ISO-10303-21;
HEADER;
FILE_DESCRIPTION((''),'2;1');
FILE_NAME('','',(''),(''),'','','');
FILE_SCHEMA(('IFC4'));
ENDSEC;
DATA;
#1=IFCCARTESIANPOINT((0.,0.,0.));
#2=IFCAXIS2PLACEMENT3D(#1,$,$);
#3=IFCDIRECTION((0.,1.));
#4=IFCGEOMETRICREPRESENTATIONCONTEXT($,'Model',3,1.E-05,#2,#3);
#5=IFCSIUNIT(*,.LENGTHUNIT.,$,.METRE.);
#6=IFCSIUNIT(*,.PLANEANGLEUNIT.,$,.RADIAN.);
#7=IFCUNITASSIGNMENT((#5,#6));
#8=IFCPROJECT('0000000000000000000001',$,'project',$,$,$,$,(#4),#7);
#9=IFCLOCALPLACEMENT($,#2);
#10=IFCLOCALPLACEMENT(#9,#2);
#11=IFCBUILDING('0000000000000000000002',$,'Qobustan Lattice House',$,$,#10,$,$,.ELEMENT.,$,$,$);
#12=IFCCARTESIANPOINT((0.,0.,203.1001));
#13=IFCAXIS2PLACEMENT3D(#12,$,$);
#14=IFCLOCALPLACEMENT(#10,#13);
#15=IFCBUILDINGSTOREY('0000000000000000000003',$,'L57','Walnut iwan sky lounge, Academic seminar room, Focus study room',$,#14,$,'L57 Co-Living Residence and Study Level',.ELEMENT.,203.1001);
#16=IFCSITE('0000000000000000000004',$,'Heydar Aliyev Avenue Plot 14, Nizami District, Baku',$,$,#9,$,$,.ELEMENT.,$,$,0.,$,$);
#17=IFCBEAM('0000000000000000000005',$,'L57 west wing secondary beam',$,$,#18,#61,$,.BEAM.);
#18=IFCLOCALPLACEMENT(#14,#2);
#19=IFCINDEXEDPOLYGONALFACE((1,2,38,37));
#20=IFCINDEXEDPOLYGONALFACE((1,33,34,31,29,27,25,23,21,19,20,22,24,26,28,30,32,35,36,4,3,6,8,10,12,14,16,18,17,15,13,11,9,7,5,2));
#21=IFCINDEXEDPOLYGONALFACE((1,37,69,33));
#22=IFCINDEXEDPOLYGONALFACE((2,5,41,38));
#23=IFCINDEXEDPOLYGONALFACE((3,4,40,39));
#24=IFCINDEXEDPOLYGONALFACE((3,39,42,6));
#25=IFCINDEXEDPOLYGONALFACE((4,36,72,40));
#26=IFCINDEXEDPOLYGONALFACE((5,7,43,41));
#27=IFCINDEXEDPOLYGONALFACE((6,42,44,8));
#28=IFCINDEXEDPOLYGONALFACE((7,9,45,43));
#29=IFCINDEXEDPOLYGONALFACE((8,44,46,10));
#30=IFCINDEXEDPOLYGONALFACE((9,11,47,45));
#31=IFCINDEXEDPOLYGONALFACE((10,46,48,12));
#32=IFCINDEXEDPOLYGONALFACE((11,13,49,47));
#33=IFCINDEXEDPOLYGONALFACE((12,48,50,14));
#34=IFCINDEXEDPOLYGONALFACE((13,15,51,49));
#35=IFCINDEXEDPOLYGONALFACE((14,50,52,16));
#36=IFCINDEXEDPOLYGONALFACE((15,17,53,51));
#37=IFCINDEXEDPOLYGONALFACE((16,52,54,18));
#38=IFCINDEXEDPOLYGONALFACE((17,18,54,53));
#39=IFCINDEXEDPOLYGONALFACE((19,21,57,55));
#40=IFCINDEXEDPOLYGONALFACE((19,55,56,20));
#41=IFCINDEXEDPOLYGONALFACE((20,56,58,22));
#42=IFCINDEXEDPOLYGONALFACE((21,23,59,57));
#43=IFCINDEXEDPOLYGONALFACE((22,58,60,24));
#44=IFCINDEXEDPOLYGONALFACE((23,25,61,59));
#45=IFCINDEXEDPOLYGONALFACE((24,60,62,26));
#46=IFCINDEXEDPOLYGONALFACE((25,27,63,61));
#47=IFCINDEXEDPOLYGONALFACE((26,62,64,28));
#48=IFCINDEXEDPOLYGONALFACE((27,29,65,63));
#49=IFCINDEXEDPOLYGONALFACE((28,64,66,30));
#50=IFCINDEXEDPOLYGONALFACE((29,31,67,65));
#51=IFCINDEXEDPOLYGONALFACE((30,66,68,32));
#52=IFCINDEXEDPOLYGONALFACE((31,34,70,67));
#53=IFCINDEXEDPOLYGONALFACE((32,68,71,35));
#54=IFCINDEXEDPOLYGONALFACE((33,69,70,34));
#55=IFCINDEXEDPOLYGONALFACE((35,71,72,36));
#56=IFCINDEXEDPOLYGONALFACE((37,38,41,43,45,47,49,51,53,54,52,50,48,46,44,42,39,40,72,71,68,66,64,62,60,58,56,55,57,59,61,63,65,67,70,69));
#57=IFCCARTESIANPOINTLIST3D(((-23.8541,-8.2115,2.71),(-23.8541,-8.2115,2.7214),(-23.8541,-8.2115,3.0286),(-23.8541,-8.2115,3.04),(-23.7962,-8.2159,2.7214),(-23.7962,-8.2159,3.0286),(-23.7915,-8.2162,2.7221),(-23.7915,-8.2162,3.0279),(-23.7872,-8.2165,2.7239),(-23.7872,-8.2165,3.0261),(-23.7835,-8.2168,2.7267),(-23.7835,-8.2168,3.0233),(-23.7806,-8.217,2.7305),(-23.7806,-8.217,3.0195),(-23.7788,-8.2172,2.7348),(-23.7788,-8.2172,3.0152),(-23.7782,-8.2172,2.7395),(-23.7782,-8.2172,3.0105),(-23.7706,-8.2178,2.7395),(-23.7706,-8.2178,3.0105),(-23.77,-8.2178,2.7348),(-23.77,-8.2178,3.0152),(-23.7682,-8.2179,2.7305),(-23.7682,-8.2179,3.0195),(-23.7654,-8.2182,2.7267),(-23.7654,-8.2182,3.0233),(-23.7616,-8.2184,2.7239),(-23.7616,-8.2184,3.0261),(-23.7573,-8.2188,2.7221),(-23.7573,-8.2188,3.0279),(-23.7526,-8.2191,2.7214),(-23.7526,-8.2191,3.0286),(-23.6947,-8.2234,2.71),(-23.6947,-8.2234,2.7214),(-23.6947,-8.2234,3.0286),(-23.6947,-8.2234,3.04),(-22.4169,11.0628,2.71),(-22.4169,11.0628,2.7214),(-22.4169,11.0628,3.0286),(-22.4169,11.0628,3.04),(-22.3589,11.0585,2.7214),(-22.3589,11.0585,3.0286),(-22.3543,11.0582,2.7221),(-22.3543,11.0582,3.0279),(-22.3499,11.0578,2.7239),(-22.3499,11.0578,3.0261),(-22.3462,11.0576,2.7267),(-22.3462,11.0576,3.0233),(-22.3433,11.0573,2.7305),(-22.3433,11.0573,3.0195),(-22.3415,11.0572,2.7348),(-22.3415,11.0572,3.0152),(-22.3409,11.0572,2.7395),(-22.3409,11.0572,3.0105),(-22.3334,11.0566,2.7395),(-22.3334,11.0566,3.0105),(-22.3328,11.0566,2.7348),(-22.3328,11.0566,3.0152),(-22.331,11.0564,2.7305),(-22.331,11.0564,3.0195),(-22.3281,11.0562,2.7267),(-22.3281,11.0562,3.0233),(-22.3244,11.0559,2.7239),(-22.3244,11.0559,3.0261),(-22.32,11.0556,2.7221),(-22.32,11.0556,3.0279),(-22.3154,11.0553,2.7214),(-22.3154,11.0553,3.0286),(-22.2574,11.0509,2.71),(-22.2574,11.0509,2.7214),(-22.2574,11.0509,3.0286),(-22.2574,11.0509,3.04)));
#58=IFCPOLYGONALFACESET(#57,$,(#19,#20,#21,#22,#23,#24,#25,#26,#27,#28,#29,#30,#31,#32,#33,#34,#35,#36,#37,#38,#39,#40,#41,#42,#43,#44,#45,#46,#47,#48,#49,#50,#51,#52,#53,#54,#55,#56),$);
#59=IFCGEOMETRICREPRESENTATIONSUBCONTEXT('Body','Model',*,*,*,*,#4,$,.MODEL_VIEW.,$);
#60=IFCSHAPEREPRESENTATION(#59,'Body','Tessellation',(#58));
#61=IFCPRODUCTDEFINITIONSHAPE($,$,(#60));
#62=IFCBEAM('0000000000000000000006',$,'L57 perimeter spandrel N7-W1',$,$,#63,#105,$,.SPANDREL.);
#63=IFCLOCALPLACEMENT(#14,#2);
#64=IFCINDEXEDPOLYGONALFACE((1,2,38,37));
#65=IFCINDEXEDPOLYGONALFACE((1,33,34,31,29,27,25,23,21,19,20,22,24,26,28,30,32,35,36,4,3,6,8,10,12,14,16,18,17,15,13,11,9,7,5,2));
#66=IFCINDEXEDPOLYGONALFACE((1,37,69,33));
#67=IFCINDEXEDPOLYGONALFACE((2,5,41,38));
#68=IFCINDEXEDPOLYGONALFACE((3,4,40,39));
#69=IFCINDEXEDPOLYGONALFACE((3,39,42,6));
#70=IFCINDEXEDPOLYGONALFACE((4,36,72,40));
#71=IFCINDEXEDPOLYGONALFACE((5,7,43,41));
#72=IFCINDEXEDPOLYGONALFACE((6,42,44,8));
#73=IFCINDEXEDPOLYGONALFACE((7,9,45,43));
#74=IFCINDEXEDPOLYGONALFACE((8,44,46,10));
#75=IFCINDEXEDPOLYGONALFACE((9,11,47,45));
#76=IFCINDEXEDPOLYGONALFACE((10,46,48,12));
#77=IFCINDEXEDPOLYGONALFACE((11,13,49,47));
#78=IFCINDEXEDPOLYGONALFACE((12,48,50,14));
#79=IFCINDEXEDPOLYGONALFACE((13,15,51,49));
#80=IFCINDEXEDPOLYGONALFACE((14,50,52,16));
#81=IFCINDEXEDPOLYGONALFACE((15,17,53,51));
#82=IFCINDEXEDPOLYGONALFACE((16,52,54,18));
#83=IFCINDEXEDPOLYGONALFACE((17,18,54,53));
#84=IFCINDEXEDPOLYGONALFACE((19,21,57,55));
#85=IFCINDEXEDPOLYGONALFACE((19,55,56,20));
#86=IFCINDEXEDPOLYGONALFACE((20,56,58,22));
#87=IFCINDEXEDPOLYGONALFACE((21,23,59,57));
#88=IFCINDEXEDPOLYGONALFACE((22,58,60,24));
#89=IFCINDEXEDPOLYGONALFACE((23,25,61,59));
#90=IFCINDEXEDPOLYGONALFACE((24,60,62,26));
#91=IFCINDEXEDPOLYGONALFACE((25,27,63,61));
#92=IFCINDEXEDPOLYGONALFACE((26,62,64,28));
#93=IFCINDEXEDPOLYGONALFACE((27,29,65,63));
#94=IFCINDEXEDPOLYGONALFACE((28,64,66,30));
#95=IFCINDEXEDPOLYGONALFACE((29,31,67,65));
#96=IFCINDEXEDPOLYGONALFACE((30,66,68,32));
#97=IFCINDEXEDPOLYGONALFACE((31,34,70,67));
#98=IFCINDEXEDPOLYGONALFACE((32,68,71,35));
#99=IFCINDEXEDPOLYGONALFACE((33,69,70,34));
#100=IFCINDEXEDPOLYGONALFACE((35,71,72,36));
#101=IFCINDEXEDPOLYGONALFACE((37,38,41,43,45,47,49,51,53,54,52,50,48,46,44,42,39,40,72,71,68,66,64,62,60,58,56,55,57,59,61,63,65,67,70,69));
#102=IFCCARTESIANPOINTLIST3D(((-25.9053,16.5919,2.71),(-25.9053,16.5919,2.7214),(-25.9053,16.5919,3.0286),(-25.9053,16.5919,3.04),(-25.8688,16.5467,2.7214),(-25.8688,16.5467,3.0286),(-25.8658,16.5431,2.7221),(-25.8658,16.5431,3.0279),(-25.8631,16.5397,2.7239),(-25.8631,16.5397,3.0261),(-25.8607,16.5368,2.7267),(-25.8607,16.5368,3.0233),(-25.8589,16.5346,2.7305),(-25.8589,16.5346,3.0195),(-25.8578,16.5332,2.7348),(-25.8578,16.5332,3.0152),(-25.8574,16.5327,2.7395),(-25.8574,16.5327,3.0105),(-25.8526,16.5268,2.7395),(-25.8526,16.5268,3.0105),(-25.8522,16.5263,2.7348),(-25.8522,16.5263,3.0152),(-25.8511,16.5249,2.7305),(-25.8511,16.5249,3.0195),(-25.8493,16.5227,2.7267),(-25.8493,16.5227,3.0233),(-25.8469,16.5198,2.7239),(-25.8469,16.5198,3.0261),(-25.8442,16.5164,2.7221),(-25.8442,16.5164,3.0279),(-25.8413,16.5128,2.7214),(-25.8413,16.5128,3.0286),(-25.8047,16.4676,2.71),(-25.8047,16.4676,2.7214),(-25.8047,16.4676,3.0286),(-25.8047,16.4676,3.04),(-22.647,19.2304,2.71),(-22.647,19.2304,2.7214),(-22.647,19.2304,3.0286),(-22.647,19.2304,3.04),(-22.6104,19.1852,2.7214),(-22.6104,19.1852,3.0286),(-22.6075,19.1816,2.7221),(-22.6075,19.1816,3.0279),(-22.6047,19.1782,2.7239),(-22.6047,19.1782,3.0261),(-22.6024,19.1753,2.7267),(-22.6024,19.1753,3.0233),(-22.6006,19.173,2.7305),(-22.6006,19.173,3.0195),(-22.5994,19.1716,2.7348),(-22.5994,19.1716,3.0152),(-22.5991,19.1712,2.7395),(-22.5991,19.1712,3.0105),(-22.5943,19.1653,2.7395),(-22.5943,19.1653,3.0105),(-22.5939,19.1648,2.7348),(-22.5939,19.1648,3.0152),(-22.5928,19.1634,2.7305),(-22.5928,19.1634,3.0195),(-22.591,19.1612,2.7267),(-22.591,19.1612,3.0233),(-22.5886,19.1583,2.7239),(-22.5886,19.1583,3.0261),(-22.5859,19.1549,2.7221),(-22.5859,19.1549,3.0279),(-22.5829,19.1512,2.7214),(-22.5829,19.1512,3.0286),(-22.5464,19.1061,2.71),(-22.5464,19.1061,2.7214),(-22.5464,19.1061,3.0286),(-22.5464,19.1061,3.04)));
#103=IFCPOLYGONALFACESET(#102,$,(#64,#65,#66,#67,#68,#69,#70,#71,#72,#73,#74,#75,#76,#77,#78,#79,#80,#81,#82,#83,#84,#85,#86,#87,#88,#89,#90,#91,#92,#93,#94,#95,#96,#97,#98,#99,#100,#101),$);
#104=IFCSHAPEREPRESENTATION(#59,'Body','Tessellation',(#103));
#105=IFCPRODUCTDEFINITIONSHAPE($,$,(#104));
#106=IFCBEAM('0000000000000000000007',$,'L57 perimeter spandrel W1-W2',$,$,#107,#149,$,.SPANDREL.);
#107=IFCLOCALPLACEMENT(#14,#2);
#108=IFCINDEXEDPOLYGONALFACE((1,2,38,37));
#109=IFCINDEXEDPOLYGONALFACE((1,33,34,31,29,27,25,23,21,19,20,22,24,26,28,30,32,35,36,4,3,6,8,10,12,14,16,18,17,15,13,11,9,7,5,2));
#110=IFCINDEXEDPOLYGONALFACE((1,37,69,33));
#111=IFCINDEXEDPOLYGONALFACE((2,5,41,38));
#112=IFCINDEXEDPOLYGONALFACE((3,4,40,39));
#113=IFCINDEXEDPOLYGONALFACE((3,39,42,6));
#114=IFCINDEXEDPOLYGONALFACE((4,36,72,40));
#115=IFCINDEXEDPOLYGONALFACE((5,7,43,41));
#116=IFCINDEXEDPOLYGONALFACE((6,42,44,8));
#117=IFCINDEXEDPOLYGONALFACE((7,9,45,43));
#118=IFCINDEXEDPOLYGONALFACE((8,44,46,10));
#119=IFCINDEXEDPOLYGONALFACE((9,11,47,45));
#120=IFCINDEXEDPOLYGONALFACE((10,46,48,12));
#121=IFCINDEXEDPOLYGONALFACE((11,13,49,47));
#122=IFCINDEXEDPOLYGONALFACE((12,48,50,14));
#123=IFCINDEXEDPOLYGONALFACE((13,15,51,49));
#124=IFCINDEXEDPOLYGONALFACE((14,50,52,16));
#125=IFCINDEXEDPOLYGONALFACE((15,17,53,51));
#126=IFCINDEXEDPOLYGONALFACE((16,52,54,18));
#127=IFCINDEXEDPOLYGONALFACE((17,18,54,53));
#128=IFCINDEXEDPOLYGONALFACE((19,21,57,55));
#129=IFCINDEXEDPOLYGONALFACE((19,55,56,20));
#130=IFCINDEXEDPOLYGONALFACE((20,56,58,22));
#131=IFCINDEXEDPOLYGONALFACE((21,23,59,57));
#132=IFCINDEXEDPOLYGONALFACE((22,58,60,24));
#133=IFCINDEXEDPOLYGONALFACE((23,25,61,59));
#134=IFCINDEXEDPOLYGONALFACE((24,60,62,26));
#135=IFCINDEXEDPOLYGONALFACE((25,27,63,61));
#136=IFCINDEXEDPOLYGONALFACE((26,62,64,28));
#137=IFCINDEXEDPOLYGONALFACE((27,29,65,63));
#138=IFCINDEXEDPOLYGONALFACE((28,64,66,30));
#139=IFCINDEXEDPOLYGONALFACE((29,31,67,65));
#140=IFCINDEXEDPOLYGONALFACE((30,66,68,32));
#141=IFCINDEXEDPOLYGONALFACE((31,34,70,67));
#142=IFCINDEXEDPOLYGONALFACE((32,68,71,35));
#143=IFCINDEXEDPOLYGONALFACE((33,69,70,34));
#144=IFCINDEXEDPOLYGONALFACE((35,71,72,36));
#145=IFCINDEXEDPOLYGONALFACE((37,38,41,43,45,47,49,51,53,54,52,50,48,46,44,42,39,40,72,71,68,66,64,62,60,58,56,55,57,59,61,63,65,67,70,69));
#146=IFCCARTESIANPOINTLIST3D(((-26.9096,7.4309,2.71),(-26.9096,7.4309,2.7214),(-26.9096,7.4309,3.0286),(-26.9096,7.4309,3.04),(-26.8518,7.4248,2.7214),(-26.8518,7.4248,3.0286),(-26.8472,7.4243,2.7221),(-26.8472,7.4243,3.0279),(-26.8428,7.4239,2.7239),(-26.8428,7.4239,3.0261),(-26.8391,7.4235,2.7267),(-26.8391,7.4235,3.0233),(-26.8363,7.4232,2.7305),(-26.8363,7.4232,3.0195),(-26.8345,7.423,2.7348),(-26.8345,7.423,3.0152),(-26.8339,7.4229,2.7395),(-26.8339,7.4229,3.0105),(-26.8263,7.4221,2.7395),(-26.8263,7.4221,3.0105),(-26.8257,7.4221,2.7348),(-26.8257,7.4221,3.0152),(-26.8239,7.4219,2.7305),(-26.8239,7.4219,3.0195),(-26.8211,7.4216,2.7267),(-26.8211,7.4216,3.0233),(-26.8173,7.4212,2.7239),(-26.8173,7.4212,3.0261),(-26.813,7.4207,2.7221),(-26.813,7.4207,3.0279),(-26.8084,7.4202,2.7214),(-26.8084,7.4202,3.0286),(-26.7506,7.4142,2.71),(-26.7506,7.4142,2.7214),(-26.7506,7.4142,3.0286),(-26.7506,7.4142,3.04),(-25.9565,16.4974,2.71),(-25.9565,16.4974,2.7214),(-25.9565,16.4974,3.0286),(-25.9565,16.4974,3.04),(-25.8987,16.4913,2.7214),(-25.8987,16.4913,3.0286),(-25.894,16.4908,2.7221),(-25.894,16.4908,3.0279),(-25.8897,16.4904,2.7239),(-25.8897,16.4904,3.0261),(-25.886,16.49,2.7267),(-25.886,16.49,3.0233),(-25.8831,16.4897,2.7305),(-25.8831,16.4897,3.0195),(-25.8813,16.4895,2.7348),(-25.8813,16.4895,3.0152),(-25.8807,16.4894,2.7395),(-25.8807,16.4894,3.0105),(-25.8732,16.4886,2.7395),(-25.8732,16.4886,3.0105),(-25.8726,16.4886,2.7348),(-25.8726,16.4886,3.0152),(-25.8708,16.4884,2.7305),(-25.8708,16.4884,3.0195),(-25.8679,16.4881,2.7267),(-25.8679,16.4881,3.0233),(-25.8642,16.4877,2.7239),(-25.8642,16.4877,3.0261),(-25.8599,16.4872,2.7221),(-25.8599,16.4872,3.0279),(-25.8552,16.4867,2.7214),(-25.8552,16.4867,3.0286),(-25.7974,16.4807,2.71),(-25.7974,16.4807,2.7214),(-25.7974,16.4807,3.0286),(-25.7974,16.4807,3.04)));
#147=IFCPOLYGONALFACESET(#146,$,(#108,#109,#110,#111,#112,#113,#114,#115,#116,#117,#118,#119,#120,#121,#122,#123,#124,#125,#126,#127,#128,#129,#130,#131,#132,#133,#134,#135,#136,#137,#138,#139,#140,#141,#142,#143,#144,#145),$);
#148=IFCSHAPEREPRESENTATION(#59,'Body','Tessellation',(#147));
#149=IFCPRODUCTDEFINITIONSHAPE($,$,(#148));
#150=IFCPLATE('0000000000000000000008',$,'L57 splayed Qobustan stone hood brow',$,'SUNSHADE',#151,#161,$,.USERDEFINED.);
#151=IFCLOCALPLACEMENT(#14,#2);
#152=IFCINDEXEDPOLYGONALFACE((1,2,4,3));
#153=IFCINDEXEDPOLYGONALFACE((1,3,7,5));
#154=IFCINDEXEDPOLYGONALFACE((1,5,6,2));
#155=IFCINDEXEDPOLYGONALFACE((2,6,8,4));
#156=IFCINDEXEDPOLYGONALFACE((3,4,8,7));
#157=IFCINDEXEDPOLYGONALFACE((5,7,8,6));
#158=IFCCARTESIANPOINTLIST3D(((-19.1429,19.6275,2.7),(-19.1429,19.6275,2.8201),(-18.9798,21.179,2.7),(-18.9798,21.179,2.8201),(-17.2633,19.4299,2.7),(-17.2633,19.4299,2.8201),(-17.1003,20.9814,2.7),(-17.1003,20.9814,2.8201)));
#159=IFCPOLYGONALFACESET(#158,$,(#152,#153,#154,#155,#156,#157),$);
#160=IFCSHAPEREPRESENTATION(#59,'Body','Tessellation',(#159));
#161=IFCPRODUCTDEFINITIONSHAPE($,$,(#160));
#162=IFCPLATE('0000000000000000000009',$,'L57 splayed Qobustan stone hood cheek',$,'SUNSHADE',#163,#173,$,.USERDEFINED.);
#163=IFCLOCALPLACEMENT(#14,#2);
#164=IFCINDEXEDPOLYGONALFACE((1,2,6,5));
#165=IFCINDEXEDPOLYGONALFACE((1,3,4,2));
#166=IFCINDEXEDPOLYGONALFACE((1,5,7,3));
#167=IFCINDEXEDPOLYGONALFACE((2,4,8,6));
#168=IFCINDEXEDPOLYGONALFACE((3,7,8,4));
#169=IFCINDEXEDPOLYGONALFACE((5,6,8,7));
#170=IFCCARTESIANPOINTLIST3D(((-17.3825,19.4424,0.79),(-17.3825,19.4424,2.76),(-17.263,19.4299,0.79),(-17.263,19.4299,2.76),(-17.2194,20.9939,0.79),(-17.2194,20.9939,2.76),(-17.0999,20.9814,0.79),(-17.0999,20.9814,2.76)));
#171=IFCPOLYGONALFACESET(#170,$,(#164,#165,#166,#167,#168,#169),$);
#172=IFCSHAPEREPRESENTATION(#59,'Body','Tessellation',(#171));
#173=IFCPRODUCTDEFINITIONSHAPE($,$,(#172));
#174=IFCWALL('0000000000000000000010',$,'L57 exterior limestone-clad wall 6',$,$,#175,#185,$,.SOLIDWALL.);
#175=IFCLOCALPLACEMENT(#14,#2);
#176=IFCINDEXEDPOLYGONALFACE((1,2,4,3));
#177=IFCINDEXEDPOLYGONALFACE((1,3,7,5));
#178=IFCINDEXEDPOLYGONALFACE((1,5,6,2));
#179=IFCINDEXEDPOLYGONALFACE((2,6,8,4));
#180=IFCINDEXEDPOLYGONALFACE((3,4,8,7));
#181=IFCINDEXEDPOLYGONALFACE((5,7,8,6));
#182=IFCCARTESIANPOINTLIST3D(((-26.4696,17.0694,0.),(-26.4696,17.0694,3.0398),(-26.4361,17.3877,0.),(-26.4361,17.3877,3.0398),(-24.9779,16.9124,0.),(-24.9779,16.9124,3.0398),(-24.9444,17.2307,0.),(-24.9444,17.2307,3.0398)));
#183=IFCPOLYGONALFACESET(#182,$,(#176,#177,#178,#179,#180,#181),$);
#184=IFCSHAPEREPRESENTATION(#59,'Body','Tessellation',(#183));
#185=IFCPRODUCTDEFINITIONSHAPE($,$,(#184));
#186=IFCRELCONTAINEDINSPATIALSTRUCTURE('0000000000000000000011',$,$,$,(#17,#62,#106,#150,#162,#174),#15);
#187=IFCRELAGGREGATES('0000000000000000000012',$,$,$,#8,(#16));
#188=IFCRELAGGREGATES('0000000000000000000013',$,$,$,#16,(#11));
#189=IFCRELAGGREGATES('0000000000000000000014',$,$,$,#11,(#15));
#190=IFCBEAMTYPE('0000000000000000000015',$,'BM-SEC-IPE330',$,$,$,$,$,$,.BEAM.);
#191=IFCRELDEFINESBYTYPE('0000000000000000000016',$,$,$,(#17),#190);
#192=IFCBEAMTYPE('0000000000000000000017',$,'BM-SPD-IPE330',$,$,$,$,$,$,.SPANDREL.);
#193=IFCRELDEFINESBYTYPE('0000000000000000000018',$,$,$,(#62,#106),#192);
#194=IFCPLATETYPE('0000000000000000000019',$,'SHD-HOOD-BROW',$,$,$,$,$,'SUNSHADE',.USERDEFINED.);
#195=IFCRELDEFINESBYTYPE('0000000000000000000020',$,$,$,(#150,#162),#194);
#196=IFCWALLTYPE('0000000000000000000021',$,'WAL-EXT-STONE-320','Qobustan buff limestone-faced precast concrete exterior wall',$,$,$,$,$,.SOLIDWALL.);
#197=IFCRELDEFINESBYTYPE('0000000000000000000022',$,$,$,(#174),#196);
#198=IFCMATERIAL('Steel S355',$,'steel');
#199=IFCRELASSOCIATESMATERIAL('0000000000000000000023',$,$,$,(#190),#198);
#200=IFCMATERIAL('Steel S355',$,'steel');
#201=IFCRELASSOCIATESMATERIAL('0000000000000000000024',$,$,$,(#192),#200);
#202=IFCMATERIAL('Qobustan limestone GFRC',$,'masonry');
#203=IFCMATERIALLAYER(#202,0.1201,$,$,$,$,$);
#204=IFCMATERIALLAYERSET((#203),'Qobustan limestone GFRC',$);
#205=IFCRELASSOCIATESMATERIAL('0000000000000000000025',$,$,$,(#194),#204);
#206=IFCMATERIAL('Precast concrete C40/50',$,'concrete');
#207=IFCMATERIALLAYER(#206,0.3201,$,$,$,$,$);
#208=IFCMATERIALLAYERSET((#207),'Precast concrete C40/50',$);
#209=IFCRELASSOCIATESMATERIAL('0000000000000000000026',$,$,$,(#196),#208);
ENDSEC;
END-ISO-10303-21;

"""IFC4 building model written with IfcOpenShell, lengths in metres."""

from ifc_helpers import new_model, si_unit, direction, frame, frame_2d, origin, origin_2d, place, context, subcontext, project, spatial, rectangle, i_section, extrude, material, layer, layer_set, material_profile, profile_set, type_object, element, save


model = new_model("IFC4")

# Units and contexts
model_context = context("Model", 3, precision=1e-05, world=origin(), true_north=direction((0.0, 1.0)))
body_context = subcontext(model_context, "Body", "Model", "MODEL_VIEW")
ifc_project = project(units=[si_unit("LENGTHUNIT", "METRE"), si_unit("PLANEANGLEUNIT", "RADIAN")], contexts=[model_context])

# Site, building, storey
site_placement = place(None, origin())
site = spatial("IfcSite", under=ifc_project, at=site_placement, Name="Heydar Aliyev Avenue Plot 14, Nizami District, Baku", CompositionType="ELEMENT", RefElevation=0.0)
building_placement = place(site_placement, origin())
building = spatial("IfcBuilding", under=site, at=building_placement, Name="Qobustan Lattice House", CompositionType="ELEMENT")
storey_placement = place(building_placement, frame((0.0, 0.0, 203.1001)))
storey = spatial("IfcBuildingStorey", under=building, at=storey_placement, Name="L57", Description="Walnut iwan sky lounge, Academic seminar room, Focus study room", LongName="L57 Co-Living Residence and Study Level", CompositionType="ELEMENT", Elevation=203.1001)

# Beams
ifc_material_1 = material(Name="Steel S355", Category="steel")
ifc_material_profile_1 = material_profile(ifc_material_1, i_section(OverallWidth=0.1599, OverallDepth=0.3301, WebThickness=0.0076, FlangeThickness=0.0115, FilletRadius=0.0181, at=origin_2d()), Name="IPE330")
ifc_profile_set_1 = profile_set([ifc_material_profile_1], Name="Steel S355")
beam_type_1 = type_object("IfcBeamType", Name="BM-SEC-IPE330", PredefinedType="BEAM", material=ifc_profile_set_1)
beam_1_placement = place(storey_placement, frame((-22.3372, 11.0569, 2.875), z_axis=(-0.074362, -0.997231, 0.0), x_axis=(0.997231, -0.074362, 0.0)))
element("IfcBeam", 1, at=beam_1_placement, inside=storey, type_object=beam_type_1, Name="L57 west wing secondary beam", PredefinedType="BEAM", context=body_context, shape_type="SweptSolid", body=[
    extrude(i_section(OverallWidth=0.1599, OverallDepth=0.3301, WebThickness=0.0076, FlangeThickness=0.0115, FilletRadius=0.0181, at=origin_2d()), origin(), (0.0, 0.0, 1.0), 19.3279),
])
ifc_material_2 = material(Name="Steel S355", Category="steel")
ifc_material_profile_2 = material_profile(ifc_material_2, i_section(OverallWidth=0.1599, OverallDepth=0.3301, WebThickness=0.0076, FlangeThickness=0.0115, FilletRadius=0.0181, at=origin_2d()), Name="IPE330")
ifc_profile_set_2 = profile_set([ifc_material_profile_2], Name="Steel S355")
beam_type_2 = type_object("IfcBeamType", Name="BM-SPD-IPE330", PredefinedType="SPANDREL", material=ifc_profile_set_2)
beam_2_placement = place(storey_placement, frame((-22.5967, 19.1682, 2.875), z_axis=(-0.777157, -0.629307, 0.0), x_axis=(0.629307, -0.777157, 0.0)))
element("IfcBeam", 2, at=beam_2_placement, inside=storey, type_object=beam_type_2, Name="L57 perimeter spandrel N7-W1", PredefinedType="SPANDREL", context=body_context, shape_type="SweptSolid", body=[
    extrude(i_section(OverallWidth=0.1599, OverallDepth=0.3301, WebThickness=0.0076, FlangeThickness=0.0115, FilletRadius=0.0181, at=origin_2d()), origin(), (0.0, 0.0, 1.0), 4.1926),
])
beam_3_placement = place(storey_placement, frame((-25.877, 16.489, 2.875), z_axis=(-0.104551, -0.99452, 0.0), x_axis=(0.99452, -0.104551, 0.0)))
element("IfcBeam", 3, at=beam_3_placement, inside=storey, type_object=beam_type_2, Name="L57 perimeter spandrel W1-W2", PredefinedType="SPANDREL", context=body_context, shape_type="SweptSolid", body=[
    extrude(i_section(OverallWidth=0.1599, OverallDepth=0.3301, WebThickness=0.0076, FlangeThickness=0.0115, FilletRadius=0.0181, at=origin_2d()), origin(), (0.0, 0.0, 1.0), 9.1165),
])

# Plates
ifc_material_3 = material(Name="Qobustan limestone GFRC", Category="masonry")
ifc_layer_1 = layer(ifc_material_3, 0.1201)
ifc_layer_set_1 = layer_set([ifc_layer_1], Name="Qobustan limestone GFRC")
plate_type = type_object("IfcPlateType", Name="SHD-HOOD-BROW", ElementType="SUNSHADE", PredefinedType="USERDEFINED", material=ifc_layer_set_1)
plate_1_placement = place(storey_placement, frame((-18.1216, 20.3044, 2.7), z_axis=(0.0, 0.0, 1.0), x_axis=(0.994522, -0.104528, 0.0)))
element("IfcPlate", 4, at=plate_1_placement, inside=storey, type_object=plate_type, Name="L57 splayed Qobustan stone hood brow", ObjectType="SUNSHADE", PredefinedType="USERDEFINED", context=body_context, shape_type="SweptSolid", body=[
    extrude(rectangle(XDim=1.8899, YDim=1.5601, at=origin_2d()), origin(), (0.0, 0.0, 1.0), 0.1201),
])
plate_2_placement = place(storey_placement, frame((-17.2412, 20.2119, 0.79), z_axis=(0.0, 0.0, 1.0), x_axis=(0.994522, -0.104528, 0.0)))
element("IfcPlate", 5, at=plate_2_placement, inside=storey, type_object=plate_type, Name="L57 splayed Qobustan stone hood cheek", ObjectType="SUNSHADE", PredefinedType="USERDEFINED", context=body_context, shape_type="SweptSolid", body=[
    extrude(rectangle(XDim=0.1201, YDim=1.5601, at=origin_2d()), origin(), (0.0, 0.0, 1.0), 1.97),
])

# Wall
ifc_material_4 = material(Name="Precast concrete C40/50", Category="concrete")
ifc_layer_2 = layer(ifc_material_4, 0.3201)
ifc_layer_set_2 = layer_set([ifc_layer_2], Name="Precast concrete C40/50")
wall_type_1 = type_object("IfcWallType", Name="WAL-EXT-STONE-320", Description="Qobustan buff limestone-faced precast concrete exterior wall", PredefinedType="SOLIDWALL", material=ifc_layer_set_2)
wall_1_placement = place(storey_placement, frame((-26.4529, 17.2285, 0.0), z_axis=(0.0, 0.0, 1.0), x_axis=(0.994508, -0.104659, 0.0)))
element("IfcWall", 6, at=wall_1_placement, inside=storey, type_object=wall_type_1, Name="L57 exterior limestone-clad wall 6", PredefinedType="SOLIDWALL", context=body_context, shape_type="SweptSolid", body=[
    extrude(rectangle(XDim=1.5, YDim=0.3201, at=frame_2d((0.75, 0.0))), origin(), (0.0, 0.0, 1.0), 3.0398),
])

save(model, "model.ifc")
